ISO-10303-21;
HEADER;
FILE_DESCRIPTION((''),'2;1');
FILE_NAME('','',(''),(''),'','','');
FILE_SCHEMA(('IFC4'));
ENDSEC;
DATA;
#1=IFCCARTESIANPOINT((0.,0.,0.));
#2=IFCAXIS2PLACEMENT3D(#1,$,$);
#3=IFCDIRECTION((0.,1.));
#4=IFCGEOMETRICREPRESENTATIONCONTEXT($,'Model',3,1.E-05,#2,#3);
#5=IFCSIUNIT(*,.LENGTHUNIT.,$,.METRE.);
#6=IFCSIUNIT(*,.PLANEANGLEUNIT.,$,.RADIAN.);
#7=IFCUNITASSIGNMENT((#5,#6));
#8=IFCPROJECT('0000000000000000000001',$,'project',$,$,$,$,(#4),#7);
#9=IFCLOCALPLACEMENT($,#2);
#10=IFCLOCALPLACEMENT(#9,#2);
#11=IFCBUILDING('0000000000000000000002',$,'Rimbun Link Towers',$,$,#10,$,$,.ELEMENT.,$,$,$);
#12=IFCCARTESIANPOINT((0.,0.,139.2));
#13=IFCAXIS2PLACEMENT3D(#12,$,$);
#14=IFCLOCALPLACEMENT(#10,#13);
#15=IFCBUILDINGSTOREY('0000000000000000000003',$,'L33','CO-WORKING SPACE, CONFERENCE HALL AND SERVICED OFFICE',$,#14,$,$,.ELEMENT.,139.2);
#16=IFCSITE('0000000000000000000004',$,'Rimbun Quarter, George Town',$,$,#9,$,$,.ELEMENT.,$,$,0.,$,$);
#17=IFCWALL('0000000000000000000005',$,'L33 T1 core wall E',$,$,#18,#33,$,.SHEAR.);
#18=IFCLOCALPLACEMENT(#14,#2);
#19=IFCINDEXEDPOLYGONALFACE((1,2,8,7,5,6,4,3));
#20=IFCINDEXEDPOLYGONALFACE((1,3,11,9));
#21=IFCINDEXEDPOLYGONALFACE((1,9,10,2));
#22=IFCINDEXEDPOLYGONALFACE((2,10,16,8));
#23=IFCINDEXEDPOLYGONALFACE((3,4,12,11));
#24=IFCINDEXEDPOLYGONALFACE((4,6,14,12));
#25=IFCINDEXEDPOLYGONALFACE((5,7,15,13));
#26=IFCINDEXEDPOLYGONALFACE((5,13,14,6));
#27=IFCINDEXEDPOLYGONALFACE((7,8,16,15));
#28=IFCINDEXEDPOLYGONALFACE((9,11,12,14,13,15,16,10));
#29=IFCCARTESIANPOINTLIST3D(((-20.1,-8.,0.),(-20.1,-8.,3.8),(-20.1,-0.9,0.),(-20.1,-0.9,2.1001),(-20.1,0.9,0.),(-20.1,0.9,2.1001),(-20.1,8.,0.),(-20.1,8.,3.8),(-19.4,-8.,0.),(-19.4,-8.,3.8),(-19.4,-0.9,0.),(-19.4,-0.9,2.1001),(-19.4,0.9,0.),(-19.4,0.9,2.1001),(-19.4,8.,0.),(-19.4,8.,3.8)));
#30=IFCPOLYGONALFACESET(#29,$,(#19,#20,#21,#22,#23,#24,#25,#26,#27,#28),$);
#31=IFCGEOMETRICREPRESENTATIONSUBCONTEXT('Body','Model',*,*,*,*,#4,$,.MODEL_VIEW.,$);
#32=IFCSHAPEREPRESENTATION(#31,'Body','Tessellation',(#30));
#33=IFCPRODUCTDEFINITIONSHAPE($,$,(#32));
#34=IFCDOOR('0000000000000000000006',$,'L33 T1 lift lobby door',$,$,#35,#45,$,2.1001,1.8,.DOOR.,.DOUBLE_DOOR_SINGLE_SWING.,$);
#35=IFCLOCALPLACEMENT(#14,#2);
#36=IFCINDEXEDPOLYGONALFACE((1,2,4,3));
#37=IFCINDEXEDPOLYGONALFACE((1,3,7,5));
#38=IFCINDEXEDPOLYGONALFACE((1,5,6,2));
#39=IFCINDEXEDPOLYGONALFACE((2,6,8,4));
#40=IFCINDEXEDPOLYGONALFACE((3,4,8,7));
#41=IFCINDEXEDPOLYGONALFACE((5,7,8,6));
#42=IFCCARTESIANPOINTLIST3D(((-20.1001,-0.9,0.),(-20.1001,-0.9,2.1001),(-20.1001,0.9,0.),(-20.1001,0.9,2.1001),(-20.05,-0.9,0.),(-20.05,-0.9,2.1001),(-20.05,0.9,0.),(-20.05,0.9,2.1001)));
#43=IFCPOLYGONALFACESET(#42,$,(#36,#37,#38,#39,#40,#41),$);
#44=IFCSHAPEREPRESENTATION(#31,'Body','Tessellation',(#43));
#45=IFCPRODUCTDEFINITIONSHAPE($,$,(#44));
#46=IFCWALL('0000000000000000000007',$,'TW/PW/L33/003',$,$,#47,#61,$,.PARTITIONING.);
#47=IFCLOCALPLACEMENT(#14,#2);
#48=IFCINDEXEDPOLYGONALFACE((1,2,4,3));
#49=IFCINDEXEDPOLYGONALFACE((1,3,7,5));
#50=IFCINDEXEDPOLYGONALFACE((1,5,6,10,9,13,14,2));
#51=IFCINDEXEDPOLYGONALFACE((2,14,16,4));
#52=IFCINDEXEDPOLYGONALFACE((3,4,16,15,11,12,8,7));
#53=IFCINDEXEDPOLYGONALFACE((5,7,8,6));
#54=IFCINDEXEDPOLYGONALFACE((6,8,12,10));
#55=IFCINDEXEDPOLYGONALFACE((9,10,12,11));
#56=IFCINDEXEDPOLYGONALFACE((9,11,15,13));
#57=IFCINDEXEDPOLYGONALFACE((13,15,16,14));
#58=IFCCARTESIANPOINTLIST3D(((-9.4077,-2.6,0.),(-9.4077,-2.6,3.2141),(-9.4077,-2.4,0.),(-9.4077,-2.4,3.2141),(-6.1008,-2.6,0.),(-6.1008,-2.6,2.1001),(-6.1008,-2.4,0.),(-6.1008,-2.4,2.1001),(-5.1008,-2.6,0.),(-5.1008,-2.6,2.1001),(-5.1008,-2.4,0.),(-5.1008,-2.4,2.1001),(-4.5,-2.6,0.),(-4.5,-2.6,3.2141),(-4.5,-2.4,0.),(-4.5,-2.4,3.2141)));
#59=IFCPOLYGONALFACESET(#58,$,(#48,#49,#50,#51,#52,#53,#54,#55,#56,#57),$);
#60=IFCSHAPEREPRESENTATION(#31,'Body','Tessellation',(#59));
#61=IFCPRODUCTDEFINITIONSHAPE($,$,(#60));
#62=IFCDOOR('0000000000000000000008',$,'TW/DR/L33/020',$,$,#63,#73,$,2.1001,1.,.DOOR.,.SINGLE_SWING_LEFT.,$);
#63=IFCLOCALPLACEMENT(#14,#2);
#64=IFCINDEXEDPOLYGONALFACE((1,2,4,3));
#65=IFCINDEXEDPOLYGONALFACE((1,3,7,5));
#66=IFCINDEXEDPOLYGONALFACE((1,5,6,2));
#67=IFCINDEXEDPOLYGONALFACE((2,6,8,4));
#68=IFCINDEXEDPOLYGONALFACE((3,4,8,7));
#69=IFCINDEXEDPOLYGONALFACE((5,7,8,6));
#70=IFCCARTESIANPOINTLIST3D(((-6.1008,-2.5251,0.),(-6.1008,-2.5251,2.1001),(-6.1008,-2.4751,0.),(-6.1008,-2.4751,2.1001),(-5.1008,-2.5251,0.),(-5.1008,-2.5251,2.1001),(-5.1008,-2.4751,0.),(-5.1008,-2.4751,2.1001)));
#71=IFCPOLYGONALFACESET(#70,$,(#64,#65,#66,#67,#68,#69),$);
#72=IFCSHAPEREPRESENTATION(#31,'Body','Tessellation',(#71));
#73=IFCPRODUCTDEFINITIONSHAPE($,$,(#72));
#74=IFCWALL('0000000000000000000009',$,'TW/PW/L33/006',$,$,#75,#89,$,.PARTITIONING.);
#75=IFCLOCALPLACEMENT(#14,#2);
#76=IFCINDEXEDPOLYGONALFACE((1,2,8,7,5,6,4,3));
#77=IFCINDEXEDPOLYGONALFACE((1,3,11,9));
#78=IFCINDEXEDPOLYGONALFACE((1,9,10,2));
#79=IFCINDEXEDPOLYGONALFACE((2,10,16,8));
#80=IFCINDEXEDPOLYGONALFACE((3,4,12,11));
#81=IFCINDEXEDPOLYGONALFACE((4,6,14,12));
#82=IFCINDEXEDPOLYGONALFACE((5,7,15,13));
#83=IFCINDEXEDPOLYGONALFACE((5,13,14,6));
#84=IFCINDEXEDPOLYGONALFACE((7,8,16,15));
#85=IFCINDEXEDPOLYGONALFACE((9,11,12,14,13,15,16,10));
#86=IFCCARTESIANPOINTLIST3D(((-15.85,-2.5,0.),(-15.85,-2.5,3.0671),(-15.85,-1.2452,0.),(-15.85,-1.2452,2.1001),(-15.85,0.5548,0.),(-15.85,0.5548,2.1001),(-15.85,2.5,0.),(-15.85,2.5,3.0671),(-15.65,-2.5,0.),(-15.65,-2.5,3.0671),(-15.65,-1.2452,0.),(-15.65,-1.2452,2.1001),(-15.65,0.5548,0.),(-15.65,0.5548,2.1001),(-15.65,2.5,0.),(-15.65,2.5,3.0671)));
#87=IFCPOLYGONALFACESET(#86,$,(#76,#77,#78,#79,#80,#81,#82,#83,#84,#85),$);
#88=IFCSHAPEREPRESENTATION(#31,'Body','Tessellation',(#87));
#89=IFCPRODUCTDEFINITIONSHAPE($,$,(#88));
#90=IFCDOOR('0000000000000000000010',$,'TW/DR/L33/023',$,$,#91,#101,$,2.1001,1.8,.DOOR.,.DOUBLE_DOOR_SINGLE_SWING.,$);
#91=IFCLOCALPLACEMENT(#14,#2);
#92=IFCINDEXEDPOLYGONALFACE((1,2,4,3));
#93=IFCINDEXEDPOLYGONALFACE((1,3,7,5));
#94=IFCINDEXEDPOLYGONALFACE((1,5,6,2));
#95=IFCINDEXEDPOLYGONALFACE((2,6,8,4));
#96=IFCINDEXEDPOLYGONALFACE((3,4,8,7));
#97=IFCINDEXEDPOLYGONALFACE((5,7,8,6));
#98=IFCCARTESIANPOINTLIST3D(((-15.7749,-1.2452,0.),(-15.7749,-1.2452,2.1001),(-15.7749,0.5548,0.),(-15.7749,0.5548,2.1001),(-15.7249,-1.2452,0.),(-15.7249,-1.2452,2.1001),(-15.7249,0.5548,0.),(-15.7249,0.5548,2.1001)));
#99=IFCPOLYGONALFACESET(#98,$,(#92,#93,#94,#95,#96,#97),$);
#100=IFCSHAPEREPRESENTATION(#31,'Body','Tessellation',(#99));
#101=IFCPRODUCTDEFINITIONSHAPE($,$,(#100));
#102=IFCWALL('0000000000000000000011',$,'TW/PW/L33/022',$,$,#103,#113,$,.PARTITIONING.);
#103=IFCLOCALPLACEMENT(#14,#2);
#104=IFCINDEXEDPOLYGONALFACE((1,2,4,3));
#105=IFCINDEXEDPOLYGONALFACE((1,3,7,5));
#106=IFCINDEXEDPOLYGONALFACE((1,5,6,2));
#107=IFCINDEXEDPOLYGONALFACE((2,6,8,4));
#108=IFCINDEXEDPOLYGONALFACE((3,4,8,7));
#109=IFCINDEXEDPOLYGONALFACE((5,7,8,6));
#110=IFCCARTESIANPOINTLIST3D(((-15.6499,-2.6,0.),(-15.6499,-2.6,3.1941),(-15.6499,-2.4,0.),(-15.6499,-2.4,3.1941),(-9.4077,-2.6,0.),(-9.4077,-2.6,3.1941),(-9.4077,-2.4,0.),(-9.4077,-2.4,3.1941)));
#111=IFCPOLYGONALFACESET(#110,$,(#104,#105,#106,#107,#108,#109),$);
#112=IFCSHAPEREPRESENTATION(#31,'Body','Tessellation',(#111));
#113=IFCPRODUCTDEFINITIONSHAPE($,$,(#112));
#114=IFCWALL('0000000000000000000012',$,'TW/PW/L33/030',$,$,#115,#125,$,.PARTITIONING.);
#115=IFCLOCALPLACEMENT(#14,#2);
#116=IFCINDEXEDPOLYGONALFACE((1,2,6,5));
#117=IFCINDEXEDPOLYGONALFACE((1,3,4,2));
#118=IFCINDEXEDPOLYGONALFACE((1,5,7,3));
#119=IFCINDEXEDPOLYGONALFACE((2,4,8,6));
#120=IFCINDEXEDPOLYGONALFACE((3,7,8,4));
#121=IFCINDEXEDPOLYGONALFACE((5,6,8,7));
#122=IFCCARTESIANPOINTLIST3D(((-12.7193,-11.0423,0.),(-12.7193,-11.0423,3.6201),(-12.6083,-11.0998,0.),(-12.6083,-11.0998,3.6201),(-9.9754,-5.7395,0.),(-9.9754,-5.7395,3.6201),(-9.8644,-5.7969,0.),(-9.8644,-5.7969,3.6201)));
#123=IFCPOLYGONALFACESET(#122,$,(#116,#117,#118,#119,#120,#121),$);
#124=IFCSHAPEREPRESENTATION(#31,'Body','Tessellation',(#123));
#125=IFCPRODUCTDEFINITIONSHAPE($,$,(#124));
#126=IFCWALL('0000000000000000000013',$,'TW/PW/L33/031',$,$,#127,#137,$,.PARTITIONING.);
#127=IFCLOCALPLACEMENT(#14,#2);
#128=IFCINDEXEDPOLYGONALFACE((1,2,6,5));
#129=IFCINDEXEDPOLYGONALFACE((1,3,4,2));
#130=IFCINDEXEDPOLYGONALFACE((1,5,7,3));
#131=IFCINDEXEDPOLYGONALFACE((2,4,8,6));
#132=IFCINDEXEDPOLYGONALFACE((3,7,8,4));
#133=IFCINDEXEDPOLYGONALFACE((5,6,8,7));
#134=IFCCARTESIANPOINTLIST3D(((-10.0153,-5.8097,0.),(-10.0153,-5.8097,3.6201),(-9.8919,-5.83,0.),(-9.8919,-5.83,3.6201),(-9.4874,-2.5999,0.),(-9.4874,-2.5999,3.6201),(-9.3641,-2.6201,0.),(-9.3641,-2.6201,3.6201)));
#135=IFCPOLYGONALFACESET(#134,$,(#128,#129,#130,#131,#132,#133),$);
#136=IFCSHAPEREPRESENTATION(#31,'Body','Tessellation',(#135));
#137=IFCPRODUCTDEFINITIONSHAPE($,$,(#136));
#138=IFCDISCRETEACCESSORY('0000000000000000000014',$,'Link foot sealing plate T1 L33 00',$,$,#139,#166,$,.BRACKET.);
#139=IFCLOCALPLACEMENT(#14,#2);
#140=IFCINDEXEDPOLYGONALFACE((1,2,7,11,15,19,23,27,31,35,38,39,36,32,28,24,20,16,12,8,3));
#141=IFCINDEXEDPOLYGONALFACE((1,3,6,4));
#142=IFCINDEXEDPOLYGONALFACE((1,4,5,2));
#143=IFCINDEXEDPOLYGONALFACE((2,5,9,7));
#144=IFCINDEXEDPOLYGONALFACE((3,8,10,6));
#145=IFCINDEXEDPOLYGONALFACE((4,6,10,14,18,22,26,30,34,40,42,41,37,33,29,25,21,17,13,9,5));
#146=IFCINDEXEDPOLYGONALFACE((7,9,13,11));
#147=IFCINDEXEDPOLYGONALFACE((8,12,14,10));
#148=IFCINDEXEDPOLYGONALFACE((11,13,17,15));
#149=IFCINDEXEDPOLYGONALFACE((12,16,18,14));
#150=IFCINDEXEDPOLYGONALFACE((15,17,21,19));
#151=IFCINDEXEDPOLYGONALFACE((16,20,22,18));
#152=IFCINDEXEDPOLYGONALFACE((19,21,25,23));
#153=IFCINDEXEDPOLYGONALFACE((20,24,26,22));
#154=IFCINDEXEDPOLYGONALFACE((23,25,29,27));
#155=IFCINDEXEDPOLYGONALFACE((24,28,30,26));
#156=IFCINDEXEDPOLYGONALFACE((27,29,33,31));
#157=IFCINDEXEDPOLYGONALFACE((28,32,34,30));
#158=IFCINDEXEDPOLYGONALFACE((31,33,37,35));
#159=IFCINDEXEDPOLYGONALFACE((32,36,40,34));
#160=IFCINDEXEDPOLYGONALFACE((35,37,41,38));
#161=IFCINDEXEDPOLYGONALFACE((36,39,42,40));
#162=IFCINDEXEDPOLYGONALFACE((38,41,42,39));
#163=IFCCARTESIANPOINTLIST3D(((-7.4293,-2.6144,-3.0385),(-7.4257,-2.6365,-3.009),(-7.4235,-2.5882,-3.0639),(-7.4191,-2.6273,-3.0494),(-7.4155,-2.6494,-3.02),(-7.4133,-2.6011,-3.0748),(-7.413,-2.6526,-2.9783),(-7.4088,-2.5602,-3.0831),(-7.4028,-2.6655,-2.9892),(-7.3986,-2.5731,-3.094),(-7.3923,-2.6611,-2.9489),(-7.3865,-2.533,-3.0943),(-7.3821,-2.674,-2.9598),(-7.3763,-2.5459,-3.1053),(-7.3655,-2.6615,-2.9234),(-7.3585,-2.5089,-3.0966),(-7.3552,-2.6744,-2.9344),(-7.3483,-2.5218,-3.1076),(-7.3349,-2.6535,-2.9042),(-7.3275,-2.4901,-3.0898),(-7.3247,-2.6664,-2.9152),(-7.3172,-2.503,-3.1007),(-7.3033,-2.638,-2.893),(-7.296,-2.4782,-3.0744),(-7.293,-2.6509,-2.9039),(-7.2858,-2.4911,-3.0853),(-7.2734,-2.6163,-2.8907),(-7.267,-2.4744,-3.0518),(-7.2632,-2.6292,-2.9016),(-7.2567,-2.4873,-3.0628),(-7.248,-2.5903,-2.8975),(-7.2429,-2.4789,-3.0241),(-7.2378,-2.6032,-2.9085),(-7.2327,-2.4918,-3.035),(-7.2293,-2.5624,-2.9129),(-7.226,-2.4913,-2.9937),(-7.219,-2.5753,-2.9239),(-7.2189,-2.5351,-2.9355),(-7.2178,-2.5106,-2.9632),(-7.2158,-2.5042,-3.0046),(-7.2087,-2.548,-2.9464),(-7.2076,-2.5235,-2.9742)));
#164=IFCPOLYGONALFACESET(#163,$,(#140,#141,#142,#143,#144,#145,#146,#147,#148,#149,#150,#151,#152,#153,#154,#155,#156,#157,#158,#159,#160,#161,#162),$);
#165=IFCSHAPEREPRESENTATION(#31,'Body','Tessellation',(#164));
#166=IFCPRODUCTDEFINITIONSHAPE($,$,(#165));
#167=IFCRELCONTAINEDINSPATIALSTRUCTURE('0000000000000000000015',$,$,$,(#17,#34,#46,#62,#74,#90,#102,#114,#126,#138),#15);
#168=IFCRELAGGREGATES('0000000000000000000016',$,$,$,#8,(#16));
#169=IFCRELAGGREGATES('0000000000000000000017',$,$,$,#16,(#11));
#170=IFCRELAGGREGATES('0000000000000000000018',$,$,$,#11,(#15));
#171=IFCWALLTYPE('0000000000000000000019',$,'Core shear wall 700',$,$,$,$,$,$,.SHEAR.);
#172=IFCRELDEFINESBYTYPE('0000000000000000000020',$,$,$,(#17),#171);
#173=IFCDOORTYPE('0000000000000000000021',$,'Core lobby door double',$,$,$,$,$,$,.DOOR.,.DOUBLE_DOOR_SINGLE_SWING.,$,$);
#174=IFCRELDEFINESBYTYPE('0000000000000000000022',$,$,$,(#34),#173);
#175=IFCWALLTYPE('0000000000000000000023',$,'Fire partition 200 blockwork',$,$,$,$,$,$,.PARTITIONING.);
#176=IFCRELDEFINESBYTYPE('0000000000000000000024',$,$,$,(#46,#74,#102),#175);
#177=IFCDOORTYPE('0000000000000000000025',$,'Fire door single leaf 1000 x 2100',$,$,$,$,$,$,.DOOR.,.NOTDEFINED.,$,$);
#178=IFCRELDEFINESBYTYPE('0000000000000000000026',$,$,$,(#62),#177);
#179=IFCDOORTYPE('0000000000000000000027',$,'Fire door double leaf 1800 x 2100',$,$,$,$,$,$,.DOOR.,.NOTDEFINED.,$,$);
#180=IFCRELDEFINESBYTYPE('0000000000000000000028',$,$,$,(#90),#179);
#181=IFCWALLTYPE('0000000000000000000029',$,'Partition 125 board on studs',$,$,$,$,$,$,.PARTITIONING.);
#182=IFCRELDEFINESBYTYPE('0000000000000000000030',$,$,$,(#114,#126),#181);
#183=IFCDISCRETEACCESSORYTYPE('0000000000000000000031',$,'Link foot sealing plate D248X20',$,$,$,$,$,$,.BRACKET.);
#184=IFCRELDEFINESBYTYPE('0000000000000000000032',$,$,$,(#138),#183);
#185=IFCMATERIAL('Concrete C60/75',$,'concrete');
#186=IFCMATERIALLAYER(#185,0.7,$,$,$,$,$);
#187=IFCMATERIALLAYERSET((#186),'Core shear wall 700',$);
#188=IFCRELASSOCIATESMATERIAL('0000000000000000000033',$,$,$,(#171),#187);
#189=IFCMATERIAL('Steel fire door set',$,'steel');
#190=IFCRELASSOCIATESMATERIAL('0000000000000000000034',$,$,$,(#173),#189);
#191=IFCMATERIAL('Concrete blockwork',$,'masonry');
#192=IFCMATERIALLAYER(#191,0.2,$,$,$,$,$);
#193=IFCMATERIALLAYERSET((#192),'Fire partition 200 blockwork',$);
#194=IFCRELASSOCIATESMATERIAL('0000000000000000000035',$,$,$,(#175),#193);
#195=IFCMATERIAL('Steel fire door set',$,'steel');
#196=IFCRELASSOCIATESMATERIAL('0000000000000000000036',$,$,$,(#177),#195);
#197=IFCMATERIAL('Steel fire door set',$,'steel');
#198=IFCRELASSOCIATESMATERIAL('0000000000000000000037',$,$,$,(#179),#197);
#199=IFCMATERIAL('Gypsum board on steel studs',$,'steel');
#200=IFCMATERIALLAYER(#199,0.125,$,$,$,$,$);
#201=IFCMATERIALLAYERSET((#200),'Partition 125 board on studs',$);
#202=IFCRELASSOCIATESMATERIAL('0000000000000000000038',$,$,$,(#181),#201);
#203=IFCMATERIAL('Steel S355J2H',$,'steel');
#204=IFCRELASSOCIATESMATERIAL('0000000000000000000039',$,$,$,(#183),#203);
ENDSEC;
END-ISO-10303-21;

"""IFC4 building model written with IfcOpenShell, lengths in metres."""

from ifc_helpers import new_model, si_unit, direction, frame, frame_2d, origin, origin_2d, place, context, subcontext, project, spatial, rectangle, circle, extrude, material, layer, layer_set, material_profile, profile_set, type_object, element, fill, save


model = new_model("IFC4")

# Units and contexts
model_context = context("Model", 3, precision=1e-05, world=origin(), true_north=direction((0.0, 1.0)))
body_context = subcontext(model_context, "Body", "Model", "MODEL_VIEW")
ifc_project = project(units=[si_unit("LENGTHUNIT", "METRE"), si_unit("PLANEANGLEUNIT", "RADIAN")], contexts=[model_context])

# Site, building, storey
site_placement = place(None, origin())
site = spatial("IfcSite", under=ifc_project, at=site_placement, Name="Rimbun Quarter, George Town", CompositionType="ELEMENT", RefElevation=0.0)
building_placement = place(site_placement, origin())
building = spatial("IfcBuilding", under=site, at=building_placement, Name="Rimbun Link Towers", CompositionType="ELEMENT")
storey_placement = place(building_placement, frame((0.0, 0.0, 139.2)))
storey = spatial("IfcBuildingStorey", under=building, at=storey_placement, Name="L33", Description="CO-WORKING SPACE, CONFERENCE HALL AND SERVICED OFFICE", CompositionType="ELEMENT", Elevation=139.2)

# Walls, openings, doors
ifc_material_1 = material(Name="Concrete C60/75", Category="concrete")
ifc_layer_1 = layer(ifc_material_1, 0.7)
ifc_layer_set_1 = layer_set([ifc_layer_1], Name="Core shear wall 700")
wall_type_1 = type_object("IfcWallType", Name="Core shear wall 700", PredefinedType="SHEAR", material=ifc_layer_set_1)
wall_1_placement = place(storey_placement, frame((-19.75, -8.0, 0.0), z_axis=(0.0, 0.0, 1.0), x_axis=(0.0, 1.0, 0.0)))
wall_1 = element("IfcWall", 1, at=wall_1_placement, inside=storey, type_object=wall_type_1, Name="L33 T1 core wall E", PredefinedType="SHEAR", context=body_context, shape_type="SweptSolid", body=[
    extrude(rectangle(XDim=16.0, YDim=0.7, at=frame_2d((8.0, 0.0))), origin(), (0.0, 0.0, 1.0), 3.8),
])
opening_1_placement = place(wall_1_placement, frame((7.1001, 0.0, 0.0)))
opening_1 = element("IfcOpeningElement", 2, at=opening_1_placement, cuts=wall_1, PredefinedType="OPENING", context=body_context, shape_type="SweptSolid", body=[
    extrude(rectangle(XDim=1.8, YDim=2.1001, at=frame_2d((0.8999, 1.05))), frame((0.0, 0.3599, 0.0), z_axis=(0.0, -1.0, 0.0), x_axis=(1.0, 0.0, 0.0)), (0.0, 0.0, 1.0), 0.72),
])
ifc_material_2 = material(Name="Steel fire door set", Category="steel")
door_type_1 = type_object("IfcDoorType", Name="Core lobby door double", OperationType="DOUBLE_DOOR_SINGLE_SWING", PredefinedType="DOOR", material=ifc_material_2)
door_1_placement = place(opening_1_placement, origin())
door_1 = element("IfcDoor", 3, at=door_1_placement, inside=storey, type_object=door_type_1, Name="L33 T1 lift lobby door", OperationType="DOUBLE_DOOR_SINGLE_SWING", OverallHeight=2.1001, OverallWidth=1.8, PredefinedType="DOOR", context=body_context, shape_type="SweptSolid", body=[
    extrude(rectangle(XDim=1.8, YDim=2.1001, at=frame_2d((0.8999, 1.05))), frame((0.0, 0.3501, 0.0), z_axis=(0.0, -1.0, 0.0), x_axis=(1.0, 0.0, 0.0)), (0.0, 0.0, 1.0), 0.05),
])
fill(opening_1, door_1)
ifc_material_3 = material(Name="Concrete blockwork", Category="masonry")
ifc_layer_2 = layer(ifc_material_3, 0.2)
ifc_layer_set_2 = layer_set([ifc_layer_2], Name="Fire partition 200 blockwork")
wall_type_2 = type_object("IfcWallType", Name="Fire partition 200 blockwork", PredefinedType="PARTITIONING", material=ifc_layer_set_2)
wall_2_placement = place(storey_placement, frame((-9.4077, -2.5, 0.0), z_axis=(0.0, 0.0, 1.0), x_axis=(1.0, 0.0, 0.0)))
wall_2 = element("IfcWall", 4, at=wall_2_placement, inside=storey, type_object=wall_type_2, Name="TW/PW/L33/003", PredefinedType="PARTITIONING", context=body_context, shape_type="SweptSolid", body=[
    extrude(rectangle(XDim=4.9077, YDim=0.2, at=frame_2d((2.4539, 0.0))), origin(), (0.0, 0.0, 1.0), 3.2141),
])
opening_2_placement = place(wall_2_placement, frame((3.3069, 0.0, 0.0)))
opening_2 = element("IfcOpeningElement", 5, at=opening_2_placement, cuts=wall_2, PredefinedType="OPENING", context=body_context, shape_type="SweptSolid", body=[
    extrude(rectangle(XDim=1.0, YDim=2.1001, at=frame_2d((0.5, 1.05))), frame((0.0, 0.1099, 0.0), z_axis=(0.0, -1.0, 0.0), x_axis=(1.0, 0.0, 0.0)), (0.0, 0.0, 1.0), 0.22),
])
ifc_material_4 = material(Name="Steel fire door set", Category="steel")
door_type_2 = type_object("IfcDoorType", Name="Fire door single leaf 1000 x 2100", OperationType="NOTDEFINED", PredefinedType="DOOR", material=ifc_material_4)
door_2_placement = place(opening_2_placement, origin())
door_2 = element("IfcDoor", 6, at=door_2_placement, inside=storey, type_object=door_type_2, Name="TW/DR/L33/020", OperationType="SINGLE_SWING_LEFT", OverallHeight=2.1001, OverallWidth=1.0, PredefinedType="DOOR", context=body_context, shape_type="SweptSolid", body=[
    extrude(rectangle(XDim=1.0, YDim=2.1001, at=frame_2d((0.5, 1.05))), frame((0.0, 0.0249, 0.0), z_axis=(0.0, -1.0, 0.0), x_axis=(1.0, 0.0, 0.0)), (0.0, 0.0, 1.0), 0.05),
])
fill(opening_2, door_2)
wall_3_placement = place(storey_placement, frame((-15.75, -2.5, 0.0), z_axis=(0.0, 0.0, 1.0), x_axis=(0.0, 1.0, 0.0)))
wall_3 = element("IfcWall", 7, at=wall_3_placement, inside=storey, type_object=wall_type_2, Name="TW/PW/L33/006", PredefinedType="PARTITIONING", context=body_context, shape_type="SweptSolid", body=[
    extrude(rectangle(XDim=5.0, YDim=0.2, at=frame_2d((2.5, 0.0))), origin(), (0.0, 0.0, 1.0), 3.0671),
])
opening_3_placement = place(wall_3_placement, frame((1.2549, 0.0, 0.0)))
opening_3 = element("IfcOpeningElement", 8, at=opening_3_placement, cuts=wall_3, PredefinedType="OPENING", context=body_context, shape_type="SweptSolid", body=[
    extrude(rectangle(XDim=1.8, YDim=2.1001, at=frame_2d((0.8999, 1.05))), frame((0.0, 0.1099, 0.0), z_axis=(0.0, -1.0, 0.0), x_axis=(1.0, 0.0, 0.0)), (0.0, 0.0, 1.0), 0.22),
])
ifc_material_5 = material(Name="Steel fire door set", Category="steel")
door_type_3 = type_object("IfcDoorType", Name="Fire door double leaf 1800 x 2100", OperationType="NOTDEFINED", PredefinedType="DOOR", material=ifc_material_5)
door_3_placement = place(opening_3_placement, origin())
door_3 = element("IfcDoor", 9, at=door_3_placement, inside=storey, type_object=door_type_3, Name="TW/DR/L33/023", OperationType="DOUBLE_DOOR_SINGLE_SWING", OverallHeight=2.1001, OverallWidth=1.8, PredefinedType="DOOR", context=body_context, shape_type="SweptSolid", body=[
    extrude(rectangle(XDim=1.8, YDim=2.1001, at=frame_2d((0.8999, 1.05))), frame((0.0, 0.0249, 0.0), z_axis=(0.0, -1.0, 0.0), x_axis=(1.0, 0.0, 0.0)), (0.0, 0.0, 1.0), 0.05),
])
fill(opening_3, door_3)

# Walls
wall_4_placement = place(storey_placement, frame((-15.6499, -2.5, 0.0), z_axis=(0.0, 0.0, 1.0), x_axis=(1.0, 0.0, 0.0)))
element("IfcWall", 10, at=wall_4_placement, inside=storey, type_object=wall_type_2, Name="TW/PW/L33/022", PredefinedType="PARTITIONING", context=body_context, shape_type="SweptSolid", body=[
    extrude(rectangle(XDim=6.2422, YDim=0.2, at=frame_2d((3.1211, 0.0))), origin(), (0.0, 0.0, 1.0), 3.1941),
])
ifc_material_6 = material(Name="Gypsum board on steel studs", Category="steel")
ifc_layer_3 = layer(ifc_material_6, 0.125)
ifc_layer_set_3 = layer_set([ifc_layer_3], Name="Partition 125 board on studs")
wall_type_3 = type_object("IfcWallType", Name="Partition 125 board on studs", PredefinedType="PARTITIONING", material=ifc_layer_set_3)
wall_5_placement = place(storey_placement, frame((-12.6638, -11.071, 0.0), z_axis=(0.0, 0.0, 1.0), x_axis=(0.459569, 0.888142, 0.0)))
element("IfcWall", 11, at=wall_5_placement, inside=storey, type_object=wall_type_3, Name="TW/PW/L33/030", PredefinedType="PARTITIONING", context=body_context, shape_type="SweptSolid", body=[
    extrude(rectangle(XDim=5.9707, YDim=0.125, at=frame_2d((2.9854, 0.0))), origin(), (0.0, 0.0, 1.0), 3.6201),
])
wall_6_placement = place(storey_placement, frame((-9.9536, -5.8198, 0.0), z_axis=(0.0, 0.0, 1.0), x_axis=(0.162269, 0.986747, 0.0)))
element("IfcWall", 12, at=wall_6_placement, inside=storey, type_object=wall_type_3, Name="TW/PW/L33/031", PredefinedType="PARTITIONING", context=body_context, shape_type="SweptSolid", body=[
    extrude(rectangle(XDim=3.2529, YDim=0.125, at=frame_2d((1.6265, 0.0))), origin(), (0.0, 0.0, 1.0), 3.6201),
])

# Discrete accessory
ifc_material_7 = material(Name="Steel S355J2H", Category="steel")
ifc_material_profile_1 = material_profile(ifc_material_7, circle(Radius=0.124, at=origin_2d()), Name="PL D248")
ifc_profile_set_1 = profile_set([ifc_material_profile_1], Name="Steel S355J2H")
discrete_accessory_type = type_object("IfcDiscreteAccessoryType", Name="Link foot sealing plate D248X20", PredefinedType="BRACKET", material=ifc_profile_set_1)
discrete_accessory_placement = place(storey_placement, frame((-7.3232, -2.5684, -2.9937), z_axis=(0.517063, -0.652484, -0.553996), x_axis=(0.783746, 0.621082, 0.0)))
element("IfcDiscreteAccessory", 13, at=discrete_accessory_placement, inside=storey, type_object=discrete_accessory_type, Name="Link foot sealing plate T1 L33 00", PredefinedType="BRACKET", context=body_context, shape_type="SweptSolid", body=[
    extrude(circle(Radius=0.124, at=origin_2d()), origin(), (0.0, 0.0, 1.0), 0.0198),
])

save(model, "model.ifc")
